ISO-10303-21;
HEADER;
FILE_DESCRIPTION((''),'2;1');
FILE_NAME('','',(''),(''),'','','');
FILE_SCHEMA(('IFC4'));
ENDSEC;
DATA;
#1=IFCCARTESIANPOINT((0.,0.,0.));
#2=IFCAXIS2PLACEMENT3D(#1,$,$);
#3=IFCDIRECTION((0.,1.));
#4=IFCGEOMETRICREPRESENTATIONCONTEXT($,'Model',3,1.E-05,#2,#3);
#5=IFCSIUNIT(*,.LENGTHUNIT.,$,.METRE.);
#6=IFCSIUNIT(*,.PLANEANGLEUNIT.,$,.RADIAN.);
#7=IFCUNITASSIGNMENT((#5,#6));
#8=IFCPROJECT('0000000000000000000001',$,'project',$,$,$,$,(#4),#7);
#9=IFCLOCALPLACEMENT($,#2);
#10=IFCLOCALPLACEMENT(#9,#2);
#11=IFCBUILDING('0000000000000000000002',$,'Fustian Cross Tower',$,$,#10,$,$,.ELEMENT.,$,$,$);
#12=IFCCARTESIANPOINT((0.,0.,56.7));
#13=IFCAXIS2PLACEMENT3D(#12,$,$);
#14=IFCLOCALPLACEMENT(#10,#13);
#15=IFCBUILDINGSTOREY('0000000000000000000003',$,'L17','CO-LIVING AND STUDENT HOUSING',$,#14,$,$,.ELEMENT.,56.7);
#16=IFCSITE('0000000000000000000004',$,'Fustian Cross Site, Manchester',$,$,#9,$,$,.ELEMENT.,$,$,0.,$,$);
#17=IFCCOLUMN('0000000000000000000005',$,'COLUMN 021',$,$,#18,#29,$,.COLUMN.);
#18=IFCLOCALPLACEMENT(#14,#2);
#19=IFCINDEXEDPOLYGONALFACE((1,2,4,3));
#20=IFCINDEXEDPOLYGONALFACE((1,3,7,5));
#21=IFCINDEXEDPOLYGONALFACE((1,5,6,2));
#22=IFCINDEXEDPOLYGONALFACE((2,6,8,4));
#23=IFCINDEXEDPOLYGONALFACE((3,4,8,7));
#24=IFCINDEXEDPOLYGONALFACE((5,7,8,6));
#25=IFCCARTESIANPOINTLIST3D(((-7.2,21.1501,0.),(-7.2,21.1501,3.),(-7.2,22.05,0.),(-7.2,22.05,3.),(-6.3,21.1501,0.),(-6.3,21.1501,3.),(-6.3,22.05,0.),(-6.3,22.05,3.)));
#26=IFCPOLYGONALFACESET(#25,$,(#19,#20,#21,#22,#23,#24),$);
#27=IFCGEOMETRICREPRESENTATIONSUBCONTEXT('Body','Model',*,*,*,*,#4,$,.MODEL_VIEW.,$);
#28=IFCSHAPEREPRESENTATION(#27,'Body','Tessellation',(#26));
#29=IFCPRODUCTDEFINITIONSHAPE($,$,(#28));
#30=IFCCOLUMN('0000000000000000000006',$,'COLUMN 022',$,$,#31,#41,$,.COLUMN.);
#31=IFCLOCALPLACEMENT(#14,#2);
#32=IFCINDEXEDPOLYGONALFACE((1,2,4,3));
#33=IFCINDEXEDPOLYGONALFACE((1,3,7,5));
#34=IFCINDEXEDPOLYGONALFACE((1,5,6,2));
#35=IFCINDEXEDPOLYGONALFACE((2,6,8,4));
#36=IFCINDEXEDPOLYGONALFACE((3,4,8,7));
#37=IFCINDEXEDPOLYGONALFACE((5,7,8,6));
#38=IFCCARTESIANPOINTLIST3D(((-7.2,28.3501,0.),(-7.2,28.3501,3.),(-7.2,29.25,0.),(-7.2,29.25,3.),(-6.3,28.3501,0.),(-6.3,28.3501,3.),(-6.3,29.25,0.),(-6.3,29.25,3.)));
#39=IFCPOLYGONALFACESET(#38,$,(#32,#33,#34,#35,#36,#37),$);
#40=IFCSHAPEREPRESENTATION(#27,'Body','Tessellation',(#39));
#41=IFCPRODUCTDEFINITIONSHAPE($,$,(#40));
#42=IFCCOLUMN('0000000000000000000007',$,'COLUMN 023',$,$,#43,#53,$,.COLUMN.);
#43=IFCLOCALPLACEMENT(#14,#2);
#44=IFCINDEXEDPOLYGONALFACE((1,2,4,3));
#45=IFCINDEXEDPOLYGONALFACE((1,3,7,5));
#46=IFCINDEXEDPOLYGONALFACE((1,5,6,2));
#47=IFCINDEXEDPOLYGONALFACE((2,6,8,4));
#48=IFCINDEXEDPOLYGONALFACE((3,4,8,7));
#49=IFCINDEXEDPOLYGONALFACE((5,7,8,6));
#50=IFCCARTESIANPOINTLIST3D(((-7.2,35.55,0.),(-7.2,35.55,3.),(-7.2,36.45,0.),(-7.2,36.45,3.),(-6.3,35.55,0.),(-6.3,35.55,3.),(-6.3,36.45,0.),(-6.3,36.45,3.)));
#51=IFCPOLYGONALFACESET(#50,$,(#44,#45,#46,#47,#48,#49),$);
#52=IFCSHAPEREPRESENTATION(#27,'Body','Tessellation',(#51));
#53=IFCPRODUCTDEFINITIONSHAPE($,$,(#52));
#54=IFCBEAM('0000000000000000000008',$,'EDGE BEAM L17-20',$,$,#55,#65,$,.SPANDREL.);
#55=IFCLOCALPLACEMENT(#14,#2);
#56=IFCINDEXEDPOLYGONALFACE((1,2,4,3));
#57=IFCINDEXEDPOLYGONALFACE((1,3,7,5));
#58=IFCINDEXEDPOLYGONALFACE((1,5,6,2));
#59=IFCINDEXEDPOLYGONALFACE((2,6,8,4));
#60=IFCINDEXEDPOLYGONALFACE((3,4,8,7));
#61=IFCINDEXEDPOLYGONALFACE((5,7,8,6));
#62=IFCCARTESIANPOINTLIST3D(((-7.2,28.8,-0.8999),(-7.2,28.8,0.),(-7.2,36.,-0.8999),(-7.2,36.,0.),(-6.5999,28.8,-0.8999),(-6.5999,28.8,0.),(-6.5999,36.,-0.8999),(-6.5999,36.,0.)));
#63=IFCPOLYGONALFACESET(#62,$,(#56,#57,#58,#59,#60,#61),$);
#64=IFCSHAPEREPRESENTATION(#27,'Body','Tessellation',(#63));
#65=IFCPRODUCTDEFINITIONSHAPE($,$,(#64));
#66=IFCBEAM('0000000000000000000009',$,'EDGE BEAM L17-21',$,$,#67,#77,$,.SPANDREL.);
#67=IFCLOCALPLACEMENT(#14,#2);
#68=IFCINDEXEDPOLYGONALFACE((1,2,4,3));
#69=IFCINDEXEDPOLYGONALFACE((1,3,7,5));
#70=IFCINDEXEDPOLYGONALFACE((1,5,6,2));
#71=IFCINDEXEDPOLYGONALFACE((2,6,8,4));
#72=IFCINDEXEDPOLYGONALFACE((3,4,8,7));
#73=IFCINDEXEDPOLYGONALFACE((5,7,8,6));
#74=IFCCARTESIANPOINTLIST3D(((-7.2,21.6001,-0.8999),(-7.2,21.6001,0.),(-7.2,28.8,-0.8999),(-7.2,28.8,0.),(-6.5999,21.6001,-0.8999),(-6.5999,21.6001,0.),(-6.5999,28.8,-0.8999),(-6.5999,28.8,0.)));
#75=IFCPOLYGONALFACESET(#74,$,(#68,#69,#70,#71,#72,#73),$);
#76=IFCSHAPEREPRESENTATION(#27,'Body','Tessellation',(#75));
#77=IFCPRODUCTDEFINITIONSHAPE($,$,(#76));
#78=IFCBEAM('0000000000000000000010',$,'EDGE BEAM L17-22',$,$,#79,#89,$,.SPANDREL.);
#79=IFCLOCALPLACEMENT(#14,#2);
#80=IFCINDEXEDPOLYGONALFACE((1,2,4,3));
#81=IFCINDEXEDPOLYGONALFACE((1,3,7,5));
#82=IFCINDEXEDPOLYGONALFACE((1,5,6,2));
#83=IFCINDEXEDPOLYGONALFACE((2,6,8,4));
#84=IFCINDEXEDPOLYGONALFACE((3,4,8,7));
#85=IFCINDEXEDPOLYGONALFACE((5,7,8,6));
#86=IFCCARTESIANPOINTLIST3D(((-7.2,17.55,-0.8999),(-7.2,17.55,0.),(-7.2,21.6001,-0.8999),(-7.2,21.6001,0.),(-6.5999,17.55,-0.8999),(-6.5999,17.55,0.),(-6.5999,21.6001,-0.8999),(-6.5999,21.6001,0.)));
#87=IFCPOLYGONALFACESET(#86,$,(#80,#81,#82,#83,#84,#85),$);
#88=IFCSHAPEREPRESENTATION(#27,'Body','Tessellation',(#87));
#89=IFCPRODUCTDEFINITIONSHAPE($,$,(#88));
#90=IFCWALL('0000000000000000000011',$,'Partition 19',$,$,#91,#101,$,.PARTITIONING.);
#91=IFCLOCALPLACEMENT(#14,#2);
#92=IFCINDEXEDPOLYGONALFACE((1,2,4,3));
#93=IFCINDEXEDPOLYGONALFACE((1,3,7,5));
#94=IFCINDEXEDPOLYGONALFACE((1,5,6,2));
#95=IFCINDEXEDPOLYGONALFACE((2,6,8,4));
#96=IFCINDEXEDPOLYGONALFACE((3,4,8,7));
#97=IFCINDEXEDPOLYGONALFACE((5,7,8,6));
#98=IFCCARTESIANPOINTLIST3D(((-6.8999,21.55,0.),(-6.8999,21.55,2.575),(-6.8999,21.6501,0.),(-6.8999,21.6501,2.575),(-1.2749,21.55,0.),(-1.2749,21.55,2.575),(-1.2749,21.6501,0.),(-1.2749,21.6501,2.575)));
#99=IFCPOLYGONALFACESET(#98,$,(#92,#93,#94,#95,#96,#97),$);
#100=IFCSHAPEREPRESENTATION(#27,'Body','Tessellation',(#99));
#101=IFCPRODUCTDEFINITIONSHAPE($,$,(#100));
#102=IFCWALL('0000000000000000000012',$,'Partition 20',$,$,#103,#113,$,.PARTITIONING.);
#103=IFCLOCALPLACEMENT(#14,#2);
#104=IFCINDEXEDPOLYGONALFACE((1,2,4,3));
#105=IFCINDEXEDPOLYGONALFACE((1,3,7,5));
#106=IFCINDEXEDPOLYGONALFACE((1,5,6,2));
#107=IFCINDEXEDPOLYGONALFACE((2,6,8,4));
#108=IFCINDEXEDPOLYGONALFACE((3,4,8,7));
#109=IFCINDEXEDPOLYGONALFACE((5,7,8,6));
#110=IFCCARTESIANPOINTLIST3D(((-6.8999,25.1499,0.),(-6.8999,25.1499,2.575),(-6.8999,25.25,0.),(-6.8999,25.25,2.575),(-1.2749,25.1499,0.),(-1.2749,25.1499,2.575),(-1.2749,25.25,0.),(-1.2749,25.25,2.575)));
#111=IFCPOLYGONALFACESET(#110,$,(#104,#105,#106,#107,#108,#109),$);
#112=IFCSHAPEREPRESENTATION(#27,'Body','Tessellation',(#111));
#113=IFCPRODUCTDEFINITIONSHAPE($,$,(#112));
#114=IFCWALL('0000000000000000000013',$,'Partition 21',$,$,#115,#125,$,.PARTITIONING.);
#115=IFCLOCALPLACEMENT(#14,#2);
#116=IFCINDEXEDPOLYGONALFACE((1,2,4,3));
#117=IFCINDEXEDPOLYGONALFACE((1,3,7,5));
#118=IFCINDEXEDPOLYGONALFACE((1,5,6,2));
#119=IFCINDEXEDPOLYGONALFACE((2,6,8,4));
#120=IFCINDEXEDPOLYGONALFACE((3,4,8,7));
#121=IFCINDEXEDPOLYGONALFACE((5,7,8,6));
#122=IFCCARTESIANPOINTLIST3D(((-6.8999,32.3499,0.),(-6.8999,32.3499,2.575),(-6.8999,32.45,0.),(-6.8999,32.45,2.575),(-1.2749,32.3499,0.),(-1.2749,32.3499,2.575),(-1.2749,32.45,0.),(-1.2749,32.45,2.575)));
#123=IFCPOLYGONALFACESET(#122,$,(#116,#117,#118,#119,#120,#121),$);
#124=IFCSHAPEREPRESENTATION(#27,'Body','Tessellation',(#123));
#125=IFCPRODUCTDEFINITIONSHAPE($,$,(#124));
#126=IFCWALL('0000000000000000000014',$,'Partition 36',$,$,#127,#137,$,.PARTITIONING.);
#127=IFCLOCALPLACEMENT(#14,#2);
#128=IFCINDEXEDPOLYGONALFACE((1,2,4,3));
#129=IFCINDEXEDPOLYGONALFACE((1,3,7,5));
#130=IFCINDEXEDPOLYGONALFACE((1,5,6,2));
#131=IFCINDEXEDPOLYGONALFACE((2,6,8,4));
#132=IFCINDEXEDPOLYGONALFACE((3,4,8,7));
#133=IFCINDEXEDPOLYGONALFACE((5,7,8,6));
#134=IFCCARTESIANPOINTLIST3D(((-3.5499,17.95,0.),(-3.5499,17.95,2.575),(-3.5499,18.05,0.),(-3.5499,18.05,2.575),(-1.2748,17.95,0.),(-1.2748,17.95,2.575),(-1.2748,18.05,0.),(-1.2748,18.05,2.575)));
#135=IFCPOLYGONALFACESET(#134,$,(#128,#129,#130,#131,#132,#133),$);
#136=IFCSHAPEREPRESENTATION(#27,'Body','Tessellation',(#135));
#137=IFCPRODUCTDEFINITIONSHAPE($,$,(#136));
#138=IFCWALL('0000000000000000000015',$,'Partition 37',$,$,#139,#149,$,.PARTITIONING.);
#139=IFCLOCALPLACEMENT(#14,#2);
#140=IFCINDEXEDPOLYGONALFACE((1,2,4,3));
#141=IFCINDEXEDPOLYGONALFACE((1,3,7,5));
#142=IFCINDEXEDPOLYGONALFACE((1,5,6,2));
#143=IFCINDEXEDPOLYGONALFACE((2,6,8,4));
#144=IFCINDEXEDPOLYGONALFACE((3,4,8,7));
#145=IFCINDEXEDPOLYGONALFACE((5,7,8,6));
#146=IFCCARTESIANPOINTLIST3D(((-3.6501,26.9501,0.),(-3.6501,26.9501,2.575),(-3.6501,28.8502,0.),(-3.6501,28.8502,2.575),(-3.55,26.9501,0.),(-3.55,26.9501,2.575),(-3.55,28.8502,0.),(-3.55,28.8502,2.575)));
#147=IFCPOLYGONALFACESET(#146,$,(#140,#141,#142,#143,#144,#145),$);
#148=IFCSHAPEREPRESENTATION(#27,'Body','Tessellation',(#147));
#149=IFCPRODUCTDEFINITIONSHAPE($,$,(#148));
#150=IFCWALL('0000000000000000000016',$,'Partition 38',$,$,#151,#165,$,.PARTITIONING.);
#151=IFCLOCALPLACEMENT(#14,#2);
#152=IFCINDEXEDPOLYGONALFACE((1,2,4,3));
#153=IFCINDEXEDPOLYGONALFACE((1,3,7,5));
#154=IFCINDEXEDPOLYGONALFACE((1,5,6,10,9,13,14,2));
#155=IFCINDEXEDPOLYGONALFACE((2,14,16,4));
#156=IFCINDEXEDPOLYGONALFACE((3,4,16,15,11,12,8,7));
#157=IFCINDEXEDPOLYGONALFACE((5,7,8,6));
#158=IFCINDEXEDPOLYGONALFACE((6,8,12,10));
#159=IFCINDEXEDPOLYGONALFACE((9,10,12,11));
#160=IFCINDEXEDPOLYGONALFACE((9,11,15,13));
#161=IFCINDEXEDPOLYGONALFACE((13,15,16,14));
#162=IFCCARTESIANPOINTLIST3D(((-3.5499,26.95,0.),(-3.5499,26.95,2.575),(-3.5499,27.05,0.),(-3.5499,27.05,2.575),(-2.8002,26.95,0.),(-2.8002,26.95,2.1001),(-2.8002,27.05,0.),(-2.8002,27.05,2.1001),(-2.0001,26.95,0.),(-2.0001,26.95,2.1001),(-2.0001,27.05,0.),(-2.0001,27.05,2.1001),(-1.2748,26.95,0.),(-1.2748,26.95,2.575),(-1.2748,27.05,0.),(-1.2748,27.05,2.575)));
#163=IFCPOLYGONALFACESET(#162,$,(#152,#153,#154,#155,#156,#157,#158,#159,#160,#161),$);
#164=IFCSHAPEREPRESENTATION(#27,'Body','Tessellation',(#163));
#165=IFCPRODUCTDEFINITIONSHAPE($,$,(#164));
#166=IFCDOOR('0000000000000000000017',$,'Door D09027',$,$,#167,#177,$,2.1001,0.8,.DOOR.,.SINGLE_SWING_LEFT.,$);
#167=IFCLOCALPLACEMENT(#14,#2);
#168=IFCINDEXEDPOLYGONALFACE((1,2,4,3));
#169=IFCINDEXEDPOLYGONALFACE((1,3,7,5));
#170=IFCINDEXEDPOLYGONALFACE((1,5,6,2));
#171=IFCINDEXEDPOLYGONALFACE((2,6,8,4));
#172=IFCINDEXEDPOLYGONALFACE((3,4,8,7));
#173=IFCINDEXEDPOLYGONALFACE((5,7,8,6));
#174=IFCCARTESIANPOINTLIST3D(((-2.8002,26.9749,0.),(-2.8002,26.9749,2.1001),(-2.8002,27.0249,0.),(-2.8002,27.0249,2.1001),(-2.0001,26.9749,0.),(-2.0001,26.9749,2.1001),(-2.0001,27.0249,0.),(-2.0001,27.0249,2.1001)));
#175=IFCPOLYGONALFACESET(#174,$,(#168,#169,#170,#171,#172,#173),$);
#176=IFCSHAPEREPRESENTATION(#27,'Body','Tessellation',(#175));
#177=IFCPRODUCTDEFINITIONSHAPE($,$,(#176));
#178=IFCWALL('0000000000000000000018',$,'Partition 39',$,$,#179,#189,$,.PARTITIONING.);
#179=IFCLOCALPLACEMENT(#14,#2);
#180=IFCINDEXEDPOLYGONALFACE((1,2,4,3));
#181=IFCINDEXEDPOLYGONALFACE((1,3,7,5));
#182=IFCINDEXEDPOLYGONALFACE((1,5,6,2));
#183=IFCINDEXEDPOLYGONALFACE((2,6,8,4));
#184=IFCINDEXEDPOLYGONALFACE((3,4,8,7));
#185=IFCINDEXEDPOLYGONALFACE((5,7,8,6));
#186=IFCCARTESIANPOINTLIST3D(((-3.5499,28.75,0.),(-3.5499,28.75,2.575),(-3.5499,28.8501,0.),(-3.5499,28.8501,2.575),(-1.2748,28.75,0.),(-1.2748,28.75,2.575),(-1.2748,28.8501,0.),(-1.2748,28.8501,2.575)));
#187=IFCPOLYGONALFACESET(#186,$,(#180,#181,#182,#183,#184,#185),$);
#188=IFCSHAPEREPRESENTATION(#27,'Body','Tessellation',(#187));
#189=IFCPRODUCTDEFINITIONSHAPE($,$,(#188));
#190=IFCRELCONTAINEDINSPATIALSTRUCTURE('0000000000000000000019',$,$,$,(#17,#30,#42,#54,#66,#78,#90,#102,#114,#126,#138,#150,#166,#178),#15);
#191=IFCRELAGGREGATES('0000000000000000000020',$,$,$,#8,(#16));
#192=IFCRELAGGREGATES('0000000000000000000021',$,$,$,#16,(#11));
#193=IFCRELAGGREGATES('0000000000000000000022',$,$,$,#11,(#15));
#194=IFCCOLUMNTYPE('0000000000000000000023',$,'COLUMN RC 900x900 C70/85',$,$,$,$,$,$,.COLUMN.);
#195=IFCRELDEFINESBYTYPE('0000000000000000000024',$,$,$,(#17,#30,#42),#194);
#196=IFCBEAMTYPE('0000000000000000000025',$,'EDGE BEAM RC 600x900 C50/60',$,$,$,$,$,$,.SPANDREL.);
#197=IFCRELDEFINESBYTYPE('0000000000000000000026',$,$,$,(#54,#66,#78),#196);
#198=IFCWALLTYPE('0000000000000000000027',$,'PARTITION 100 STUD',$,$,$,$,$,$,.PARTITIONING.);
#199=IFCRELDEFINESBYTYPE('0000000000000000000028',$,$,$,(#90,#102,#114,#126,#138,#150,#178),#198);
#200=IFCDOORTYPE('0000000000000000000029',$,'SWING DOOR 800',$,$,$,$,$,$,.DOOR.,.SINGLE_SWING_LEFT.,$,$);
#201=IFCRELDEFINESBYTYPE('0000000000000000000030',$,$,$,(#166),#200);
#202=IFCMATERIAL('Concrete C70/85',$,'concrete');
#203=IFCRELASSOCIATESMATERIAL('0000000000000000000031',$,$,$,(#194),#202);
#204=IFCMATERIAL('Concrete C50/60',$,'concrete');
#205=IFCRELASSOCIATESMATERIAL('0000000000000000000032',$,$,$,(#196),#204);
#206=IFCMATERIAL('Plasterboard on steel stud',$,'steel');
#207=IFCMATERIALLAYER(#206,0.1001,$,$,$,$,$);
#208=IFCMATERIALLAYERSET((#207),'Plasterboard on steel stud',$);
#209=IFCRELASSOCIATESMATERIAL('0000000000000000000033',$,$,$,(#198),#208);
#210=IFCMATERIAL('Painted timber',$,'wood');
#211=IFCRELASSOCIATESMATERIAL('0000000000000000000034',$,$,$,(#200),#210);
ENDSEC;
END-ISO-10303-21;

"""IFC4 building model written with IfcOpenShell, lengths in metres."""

from ifc_helpers import new_model, si_unit, direction, frame, frame_2d, origin, origin_2d, place, context, subcontext, project, spatial, rectangle, extrude, material, layer, layer_set, material_profile, profile_set, type_object, element, fill, save


model = new_model("IFC4")

# Units and contexts
model_context = context("Model", 3, precision=1e-05, world=origin(), true_north=direction((0.0, 1.0)))
body_context = subcontext(model_context, "Body", "Model", "MODEL_VIEW")
ifc_project = project(units=[si_unit("LENGTHUNIT", "METRE"), si_unit("PLANEANGLEUNIT", "RADIAN")], contexts=[model_context])

# Site, building, storey
site_placement = place(None, origin())
site = spatial("IfcSite", under=ifc_project, at=site_placement, Name="Fustian Cross Site, Manchester", CompositionType="ELEMENT", RefElevation=0.0)
building_placement = place(site_placement, origin())
building = spatial("IfcBuilding", under=site, at=building_placement, Name="Fustian Cross Tower", CompositionType="ELEMENT")
storey_placement = place(building_placement, frame((0.0, 0.0, 56.7)))
storey = spatial("IfcBuildingStorey", under=building, at=storey_placement, Name="L17", Description="CO-LIVING AND STUDENT HOUSING", CompositionType="ELEMENT", Elevation=56.7)

# Columns
ifc_material_1 = material(Name="Concrete C70/85", Category="concrete")
ifc_material_profile_1 = material_profile(ifc_material_1, rectangle(XDim=0.8999, YDim=0.8999, at=origin_2d()), Name="RC 900x900")
ifc_profile_set_1 = profile_set([ifc_material_profile_1], Name="Concrete C70/85")
column_type = type_object("IfcColumnType", Name="COLUMN RC 900x900 C70/85", PredefinedType="COLUMN", material=ifc_profile_set_1)
for number, where, z_axis, x_axis, name in (
    (1, (-6.75, 21.6001, 0.0), (0.0, 0.0, 1.0), (1.0, 0.0, 0.0), "COLUMN 021"),
    (2, (-6.75, 28.8, 0.0), (0.0, 0.0, 1.0), (1.0, 0.0, 0.0), "COLUMN 022"),
    (3, (-6.75, 36.0, 0.0), (0.0, 0.0, 1.0), (1.0, 0.0, 0.0), "COLUMN 023"),
):
    element("IfcColumn", number, at=place(storey_placement, frame(where, z_axis=z_axis, x_axis=x_axis)), inside=storey, type_object=column_type, Name=name, PredefinedType="COLUMN", context=body_context, shape_type="SweptSolid", body=[
        extrude(rectangle(XDim=0.8999, YDim=0.8999, at=origin_2d()), origin(), (0.0, 0.0, 1.0), 3.0),
    ])

# Beams
ifc_material_2 = material(Name="Concrete C50/60", Category="concrete")
ifc_material_profile_2 = material_profile(ifc_material_2, rectangle(XDim=0.6001, YDim=0.8999, at=origin_2d()), Name="RC 600x900")
ifc_profile_set_2 = profile_set([ifc_material_profile_2], Name="Concrete C50/60")
beam_type = type_object("IfcBeamType", Name="EDGE BEAM RC 600x900 C50/60", PredefinedType="SPANDREL", material=ifc_profile_set_2)
for number, where, z_axis, x_axis, name in (
    (4, (-6.8999, 36.0, -0.45), (0.0, -1.0, 0.0), (1.0, 0.0, 0.0), "EDGE BEAM L17-20"),
    (5, (-6.8999, 28.8, -0.45), (0.0, -1.0, 0.0), (1.0, 0.0, 0.0), "EDGE BEAM L17-21"),
):
    element("IfcBeam", number, at=place(storey_placement, frame(where, z_axis=z_axis, x_axis=x_axis)), inside=storey, type_object=beam_type, Name=name, PredefinedType="SPANDREL", context=body_context, shape_type="SweptSolid", body=[
        extrude(rectangle(XDim=0.6001, YDim=0.8999, at=origin_2d()), origin(), (0.0, 0.0, 1.0), 7.2),
    ])
beam_placement = place(storey_placement, frame((-6.8999, 21.6001, -0.45), z_axis=(0.0, -1.0, 0.0), x_axis=(1.0, 0.0, 0.0)))
element("IfcBeam", 6, at=beam_placement, inside=storey, type_object=beam_type, Name="EDGE BEAM L17-22", PredefinedType="SPANDREL", context=body_context, shape_type="SweptSolid", body=[
    extrude(rectangle(XDim=0.6001, YDim=0.8999, at=origin_2d()), origin(), (0.0, 0.0, 1.0), 4.05),
])

# Walls
ifc_material_3 = material(Name="Plasterboard on steel stud", Category="steel")
ifc_layer_1 = layer(ifc_material_3, 0.1001)
ifc_layer_set_1 = layer_set([ifc_layer_1], Name="Plasterboard on steel stud")
wall_type_1 = type_object("IfcWallType", Name="PARTITION 100 STUD", PredefinedType="PARTITIONING", material=ifc_layer_set_1)
for number, where, z_axis, x_axis, name in (
    (7, (-6.8999, 21.6001, 0.0), (0.0, 0.0, 1.0), (1.0, 0.0, 0.0), "Partition 19"),
    (8, (-6.8999, 25.2, 0.0), (0.0, 0.0, 1.0), (1.0, 0.0, 0.0), "Partition 20"),
    (9, (-6.8999, 32.3999, 0.0), (0.0, 0.0, 1.0), (1.0, 0.0, 0.0), "Partition 21"),
):
    element("IfcWall", number, at=place(storey_placement, frame(where, z_axis=z_axis, x_axis=x_axis)), inside=storey, type_object=wall_type_1, Name=name, PredefinedType="PARTITIONING", context=body_context, shape_type="SweptSolid", body=[
        extrude(rectangle(XDim=5.625, YDim=0.1001, at=frame_2d((2.8125, 0.0))), origin(), (0.0, 0.0, 1.0), 2.575),
    ])
wall_1_placement = place(storey_placement, frame((-3.55, 18.0, 0.0), z_axis=(0.0, 0.0, 1.0), x_axis=(1.0, 0.0, 0.0)))
element("IfcWall", 10, at=wall_1_placement, inside=storey, type_object=wall_type_1, Name="Partition 36", PredefinedType="PARTITIONING", context=body_context, shape_type="SweptSolid", body=[
    extrude(rectangle(XDim=2.2751, YDim=0.1001, at=frame_2d((1.1377, 0.0))), origin(), (0.0, 0.0, 1.0), 2.575),
])
wall_2_placement = place(storey_placement, frame((-3.6001, 26.95, 0.0), z_axis=(0.0, 0.0, 1.0), x_axis=(0.0, 1.0, 0.0)))
element("IfcWall", 11, at=wall_2_placement, inside=storey, type_object=wall_type_1, Name="Partition 37", PredefinedType="PARTITIONING", context=body_context, shape_type="SweptSolid", body=[
    extrude(rectangle(XDim=1.9001, YDim=0.1001, at=frame_2d((0.9502, 0.0))), origin(), (0.0, 0.0, 1.0), 2.575),
])

# Wall, opening, door
wall_3_placement = place(storey_placement, frame((-3.55, 27.0, 0.0), z_axis=(0.0, 0.0, 1.0), x_axis=(1.0, 0.0, 0.0)))
wall_3 = element("IfcWall", 12, at=wall_3_placement, inside=storey, type_object=wall_type_1, Name="Partition 38", PredefinedType="PARTITIONING", context=body_context, shape_type="SweptSolid", body=[
    extrude(rectangle(XDim=2.2751, YDim=0.1001, at=frame_2d((1.1377, 0.0))), origin(), (0.0, 0.0, 1.0), 2.575),
])
opening_1_placement = place(wall_3_placement, frame((0.75, 0.0, 0.0)))
opening_1 = element("IfcOpeningElement", 13, at=opening_1_placement, cuts=wall_3, PredefinedType="OPENING", context=body_context, shape_type="SweptSolid", body=[
    extrude(rectangle(XDim=0.8, YDim=2.1001, at=frame_2d((0.3999, 1.05))), frame((0.0, 0.0601, 0.0), z_axis=(0.0, -1.0, 0.0), x_axis=(1.0, 0.0, 0.0)), (0.0, 0.0, 1.0), 0.1201),
])
ifc_material_4 = material(Name="Painted timber", Category="wood")
door_type_1 = type_object("IfcDoorType", Name="SWING DOOR 800", OperationType="SINGLE_SWING_LEFT", PredefinedType="DOOR", material=ifc_material_4)
door_1_placement = place(opening_1_placement, origin())
door_1 = element("IfcDoor", 14, at=door_1_placement, inside=storey, type_object=door_type_1, Name="Door D09027", OperationType="SINGLE_SWING_LEFT", OverallHeight=2.1001, OverallWidth=0.8, PredefinedType="DOOR", context=body_context, shape_type="SweptSolid", body=[
    extrude(rectangle(XDim=0.8, YDim=2.1001, at=frame_2d((0.3999, 1.05))), frame((0.0, 0.0249, 0.0), z_axis=(0.0, -1.0, 0.0), x_axis=(1.0, 0.0, 0.0)), (0.0, 0.0, 1.0), 0.05),
])
fill(opening_1, door_1)

# Wall
wall_4_placement = place(storey_placement, frame((-3.55, 28.8, 0.0), z_axis=(0.0, 0.0, 1.0), x_axis=(1.0, 0.0, 0.0)))
element("IfcWall", 15, at=wall_4_placement, inside=storey, type_object=wall_type_1, Name="Partition 39", PredefinedType="PARTITIONING", context=body_context, shape_type="SweptSolid", body=[
    extrude(rectangle(XDim=2.2751, YDim=0.1001, at=frame_2d((1.1377, 0.0))), origin(), (0.0, 0.0, 1.0), 2.575),
])

save(model, "model.ifc")
